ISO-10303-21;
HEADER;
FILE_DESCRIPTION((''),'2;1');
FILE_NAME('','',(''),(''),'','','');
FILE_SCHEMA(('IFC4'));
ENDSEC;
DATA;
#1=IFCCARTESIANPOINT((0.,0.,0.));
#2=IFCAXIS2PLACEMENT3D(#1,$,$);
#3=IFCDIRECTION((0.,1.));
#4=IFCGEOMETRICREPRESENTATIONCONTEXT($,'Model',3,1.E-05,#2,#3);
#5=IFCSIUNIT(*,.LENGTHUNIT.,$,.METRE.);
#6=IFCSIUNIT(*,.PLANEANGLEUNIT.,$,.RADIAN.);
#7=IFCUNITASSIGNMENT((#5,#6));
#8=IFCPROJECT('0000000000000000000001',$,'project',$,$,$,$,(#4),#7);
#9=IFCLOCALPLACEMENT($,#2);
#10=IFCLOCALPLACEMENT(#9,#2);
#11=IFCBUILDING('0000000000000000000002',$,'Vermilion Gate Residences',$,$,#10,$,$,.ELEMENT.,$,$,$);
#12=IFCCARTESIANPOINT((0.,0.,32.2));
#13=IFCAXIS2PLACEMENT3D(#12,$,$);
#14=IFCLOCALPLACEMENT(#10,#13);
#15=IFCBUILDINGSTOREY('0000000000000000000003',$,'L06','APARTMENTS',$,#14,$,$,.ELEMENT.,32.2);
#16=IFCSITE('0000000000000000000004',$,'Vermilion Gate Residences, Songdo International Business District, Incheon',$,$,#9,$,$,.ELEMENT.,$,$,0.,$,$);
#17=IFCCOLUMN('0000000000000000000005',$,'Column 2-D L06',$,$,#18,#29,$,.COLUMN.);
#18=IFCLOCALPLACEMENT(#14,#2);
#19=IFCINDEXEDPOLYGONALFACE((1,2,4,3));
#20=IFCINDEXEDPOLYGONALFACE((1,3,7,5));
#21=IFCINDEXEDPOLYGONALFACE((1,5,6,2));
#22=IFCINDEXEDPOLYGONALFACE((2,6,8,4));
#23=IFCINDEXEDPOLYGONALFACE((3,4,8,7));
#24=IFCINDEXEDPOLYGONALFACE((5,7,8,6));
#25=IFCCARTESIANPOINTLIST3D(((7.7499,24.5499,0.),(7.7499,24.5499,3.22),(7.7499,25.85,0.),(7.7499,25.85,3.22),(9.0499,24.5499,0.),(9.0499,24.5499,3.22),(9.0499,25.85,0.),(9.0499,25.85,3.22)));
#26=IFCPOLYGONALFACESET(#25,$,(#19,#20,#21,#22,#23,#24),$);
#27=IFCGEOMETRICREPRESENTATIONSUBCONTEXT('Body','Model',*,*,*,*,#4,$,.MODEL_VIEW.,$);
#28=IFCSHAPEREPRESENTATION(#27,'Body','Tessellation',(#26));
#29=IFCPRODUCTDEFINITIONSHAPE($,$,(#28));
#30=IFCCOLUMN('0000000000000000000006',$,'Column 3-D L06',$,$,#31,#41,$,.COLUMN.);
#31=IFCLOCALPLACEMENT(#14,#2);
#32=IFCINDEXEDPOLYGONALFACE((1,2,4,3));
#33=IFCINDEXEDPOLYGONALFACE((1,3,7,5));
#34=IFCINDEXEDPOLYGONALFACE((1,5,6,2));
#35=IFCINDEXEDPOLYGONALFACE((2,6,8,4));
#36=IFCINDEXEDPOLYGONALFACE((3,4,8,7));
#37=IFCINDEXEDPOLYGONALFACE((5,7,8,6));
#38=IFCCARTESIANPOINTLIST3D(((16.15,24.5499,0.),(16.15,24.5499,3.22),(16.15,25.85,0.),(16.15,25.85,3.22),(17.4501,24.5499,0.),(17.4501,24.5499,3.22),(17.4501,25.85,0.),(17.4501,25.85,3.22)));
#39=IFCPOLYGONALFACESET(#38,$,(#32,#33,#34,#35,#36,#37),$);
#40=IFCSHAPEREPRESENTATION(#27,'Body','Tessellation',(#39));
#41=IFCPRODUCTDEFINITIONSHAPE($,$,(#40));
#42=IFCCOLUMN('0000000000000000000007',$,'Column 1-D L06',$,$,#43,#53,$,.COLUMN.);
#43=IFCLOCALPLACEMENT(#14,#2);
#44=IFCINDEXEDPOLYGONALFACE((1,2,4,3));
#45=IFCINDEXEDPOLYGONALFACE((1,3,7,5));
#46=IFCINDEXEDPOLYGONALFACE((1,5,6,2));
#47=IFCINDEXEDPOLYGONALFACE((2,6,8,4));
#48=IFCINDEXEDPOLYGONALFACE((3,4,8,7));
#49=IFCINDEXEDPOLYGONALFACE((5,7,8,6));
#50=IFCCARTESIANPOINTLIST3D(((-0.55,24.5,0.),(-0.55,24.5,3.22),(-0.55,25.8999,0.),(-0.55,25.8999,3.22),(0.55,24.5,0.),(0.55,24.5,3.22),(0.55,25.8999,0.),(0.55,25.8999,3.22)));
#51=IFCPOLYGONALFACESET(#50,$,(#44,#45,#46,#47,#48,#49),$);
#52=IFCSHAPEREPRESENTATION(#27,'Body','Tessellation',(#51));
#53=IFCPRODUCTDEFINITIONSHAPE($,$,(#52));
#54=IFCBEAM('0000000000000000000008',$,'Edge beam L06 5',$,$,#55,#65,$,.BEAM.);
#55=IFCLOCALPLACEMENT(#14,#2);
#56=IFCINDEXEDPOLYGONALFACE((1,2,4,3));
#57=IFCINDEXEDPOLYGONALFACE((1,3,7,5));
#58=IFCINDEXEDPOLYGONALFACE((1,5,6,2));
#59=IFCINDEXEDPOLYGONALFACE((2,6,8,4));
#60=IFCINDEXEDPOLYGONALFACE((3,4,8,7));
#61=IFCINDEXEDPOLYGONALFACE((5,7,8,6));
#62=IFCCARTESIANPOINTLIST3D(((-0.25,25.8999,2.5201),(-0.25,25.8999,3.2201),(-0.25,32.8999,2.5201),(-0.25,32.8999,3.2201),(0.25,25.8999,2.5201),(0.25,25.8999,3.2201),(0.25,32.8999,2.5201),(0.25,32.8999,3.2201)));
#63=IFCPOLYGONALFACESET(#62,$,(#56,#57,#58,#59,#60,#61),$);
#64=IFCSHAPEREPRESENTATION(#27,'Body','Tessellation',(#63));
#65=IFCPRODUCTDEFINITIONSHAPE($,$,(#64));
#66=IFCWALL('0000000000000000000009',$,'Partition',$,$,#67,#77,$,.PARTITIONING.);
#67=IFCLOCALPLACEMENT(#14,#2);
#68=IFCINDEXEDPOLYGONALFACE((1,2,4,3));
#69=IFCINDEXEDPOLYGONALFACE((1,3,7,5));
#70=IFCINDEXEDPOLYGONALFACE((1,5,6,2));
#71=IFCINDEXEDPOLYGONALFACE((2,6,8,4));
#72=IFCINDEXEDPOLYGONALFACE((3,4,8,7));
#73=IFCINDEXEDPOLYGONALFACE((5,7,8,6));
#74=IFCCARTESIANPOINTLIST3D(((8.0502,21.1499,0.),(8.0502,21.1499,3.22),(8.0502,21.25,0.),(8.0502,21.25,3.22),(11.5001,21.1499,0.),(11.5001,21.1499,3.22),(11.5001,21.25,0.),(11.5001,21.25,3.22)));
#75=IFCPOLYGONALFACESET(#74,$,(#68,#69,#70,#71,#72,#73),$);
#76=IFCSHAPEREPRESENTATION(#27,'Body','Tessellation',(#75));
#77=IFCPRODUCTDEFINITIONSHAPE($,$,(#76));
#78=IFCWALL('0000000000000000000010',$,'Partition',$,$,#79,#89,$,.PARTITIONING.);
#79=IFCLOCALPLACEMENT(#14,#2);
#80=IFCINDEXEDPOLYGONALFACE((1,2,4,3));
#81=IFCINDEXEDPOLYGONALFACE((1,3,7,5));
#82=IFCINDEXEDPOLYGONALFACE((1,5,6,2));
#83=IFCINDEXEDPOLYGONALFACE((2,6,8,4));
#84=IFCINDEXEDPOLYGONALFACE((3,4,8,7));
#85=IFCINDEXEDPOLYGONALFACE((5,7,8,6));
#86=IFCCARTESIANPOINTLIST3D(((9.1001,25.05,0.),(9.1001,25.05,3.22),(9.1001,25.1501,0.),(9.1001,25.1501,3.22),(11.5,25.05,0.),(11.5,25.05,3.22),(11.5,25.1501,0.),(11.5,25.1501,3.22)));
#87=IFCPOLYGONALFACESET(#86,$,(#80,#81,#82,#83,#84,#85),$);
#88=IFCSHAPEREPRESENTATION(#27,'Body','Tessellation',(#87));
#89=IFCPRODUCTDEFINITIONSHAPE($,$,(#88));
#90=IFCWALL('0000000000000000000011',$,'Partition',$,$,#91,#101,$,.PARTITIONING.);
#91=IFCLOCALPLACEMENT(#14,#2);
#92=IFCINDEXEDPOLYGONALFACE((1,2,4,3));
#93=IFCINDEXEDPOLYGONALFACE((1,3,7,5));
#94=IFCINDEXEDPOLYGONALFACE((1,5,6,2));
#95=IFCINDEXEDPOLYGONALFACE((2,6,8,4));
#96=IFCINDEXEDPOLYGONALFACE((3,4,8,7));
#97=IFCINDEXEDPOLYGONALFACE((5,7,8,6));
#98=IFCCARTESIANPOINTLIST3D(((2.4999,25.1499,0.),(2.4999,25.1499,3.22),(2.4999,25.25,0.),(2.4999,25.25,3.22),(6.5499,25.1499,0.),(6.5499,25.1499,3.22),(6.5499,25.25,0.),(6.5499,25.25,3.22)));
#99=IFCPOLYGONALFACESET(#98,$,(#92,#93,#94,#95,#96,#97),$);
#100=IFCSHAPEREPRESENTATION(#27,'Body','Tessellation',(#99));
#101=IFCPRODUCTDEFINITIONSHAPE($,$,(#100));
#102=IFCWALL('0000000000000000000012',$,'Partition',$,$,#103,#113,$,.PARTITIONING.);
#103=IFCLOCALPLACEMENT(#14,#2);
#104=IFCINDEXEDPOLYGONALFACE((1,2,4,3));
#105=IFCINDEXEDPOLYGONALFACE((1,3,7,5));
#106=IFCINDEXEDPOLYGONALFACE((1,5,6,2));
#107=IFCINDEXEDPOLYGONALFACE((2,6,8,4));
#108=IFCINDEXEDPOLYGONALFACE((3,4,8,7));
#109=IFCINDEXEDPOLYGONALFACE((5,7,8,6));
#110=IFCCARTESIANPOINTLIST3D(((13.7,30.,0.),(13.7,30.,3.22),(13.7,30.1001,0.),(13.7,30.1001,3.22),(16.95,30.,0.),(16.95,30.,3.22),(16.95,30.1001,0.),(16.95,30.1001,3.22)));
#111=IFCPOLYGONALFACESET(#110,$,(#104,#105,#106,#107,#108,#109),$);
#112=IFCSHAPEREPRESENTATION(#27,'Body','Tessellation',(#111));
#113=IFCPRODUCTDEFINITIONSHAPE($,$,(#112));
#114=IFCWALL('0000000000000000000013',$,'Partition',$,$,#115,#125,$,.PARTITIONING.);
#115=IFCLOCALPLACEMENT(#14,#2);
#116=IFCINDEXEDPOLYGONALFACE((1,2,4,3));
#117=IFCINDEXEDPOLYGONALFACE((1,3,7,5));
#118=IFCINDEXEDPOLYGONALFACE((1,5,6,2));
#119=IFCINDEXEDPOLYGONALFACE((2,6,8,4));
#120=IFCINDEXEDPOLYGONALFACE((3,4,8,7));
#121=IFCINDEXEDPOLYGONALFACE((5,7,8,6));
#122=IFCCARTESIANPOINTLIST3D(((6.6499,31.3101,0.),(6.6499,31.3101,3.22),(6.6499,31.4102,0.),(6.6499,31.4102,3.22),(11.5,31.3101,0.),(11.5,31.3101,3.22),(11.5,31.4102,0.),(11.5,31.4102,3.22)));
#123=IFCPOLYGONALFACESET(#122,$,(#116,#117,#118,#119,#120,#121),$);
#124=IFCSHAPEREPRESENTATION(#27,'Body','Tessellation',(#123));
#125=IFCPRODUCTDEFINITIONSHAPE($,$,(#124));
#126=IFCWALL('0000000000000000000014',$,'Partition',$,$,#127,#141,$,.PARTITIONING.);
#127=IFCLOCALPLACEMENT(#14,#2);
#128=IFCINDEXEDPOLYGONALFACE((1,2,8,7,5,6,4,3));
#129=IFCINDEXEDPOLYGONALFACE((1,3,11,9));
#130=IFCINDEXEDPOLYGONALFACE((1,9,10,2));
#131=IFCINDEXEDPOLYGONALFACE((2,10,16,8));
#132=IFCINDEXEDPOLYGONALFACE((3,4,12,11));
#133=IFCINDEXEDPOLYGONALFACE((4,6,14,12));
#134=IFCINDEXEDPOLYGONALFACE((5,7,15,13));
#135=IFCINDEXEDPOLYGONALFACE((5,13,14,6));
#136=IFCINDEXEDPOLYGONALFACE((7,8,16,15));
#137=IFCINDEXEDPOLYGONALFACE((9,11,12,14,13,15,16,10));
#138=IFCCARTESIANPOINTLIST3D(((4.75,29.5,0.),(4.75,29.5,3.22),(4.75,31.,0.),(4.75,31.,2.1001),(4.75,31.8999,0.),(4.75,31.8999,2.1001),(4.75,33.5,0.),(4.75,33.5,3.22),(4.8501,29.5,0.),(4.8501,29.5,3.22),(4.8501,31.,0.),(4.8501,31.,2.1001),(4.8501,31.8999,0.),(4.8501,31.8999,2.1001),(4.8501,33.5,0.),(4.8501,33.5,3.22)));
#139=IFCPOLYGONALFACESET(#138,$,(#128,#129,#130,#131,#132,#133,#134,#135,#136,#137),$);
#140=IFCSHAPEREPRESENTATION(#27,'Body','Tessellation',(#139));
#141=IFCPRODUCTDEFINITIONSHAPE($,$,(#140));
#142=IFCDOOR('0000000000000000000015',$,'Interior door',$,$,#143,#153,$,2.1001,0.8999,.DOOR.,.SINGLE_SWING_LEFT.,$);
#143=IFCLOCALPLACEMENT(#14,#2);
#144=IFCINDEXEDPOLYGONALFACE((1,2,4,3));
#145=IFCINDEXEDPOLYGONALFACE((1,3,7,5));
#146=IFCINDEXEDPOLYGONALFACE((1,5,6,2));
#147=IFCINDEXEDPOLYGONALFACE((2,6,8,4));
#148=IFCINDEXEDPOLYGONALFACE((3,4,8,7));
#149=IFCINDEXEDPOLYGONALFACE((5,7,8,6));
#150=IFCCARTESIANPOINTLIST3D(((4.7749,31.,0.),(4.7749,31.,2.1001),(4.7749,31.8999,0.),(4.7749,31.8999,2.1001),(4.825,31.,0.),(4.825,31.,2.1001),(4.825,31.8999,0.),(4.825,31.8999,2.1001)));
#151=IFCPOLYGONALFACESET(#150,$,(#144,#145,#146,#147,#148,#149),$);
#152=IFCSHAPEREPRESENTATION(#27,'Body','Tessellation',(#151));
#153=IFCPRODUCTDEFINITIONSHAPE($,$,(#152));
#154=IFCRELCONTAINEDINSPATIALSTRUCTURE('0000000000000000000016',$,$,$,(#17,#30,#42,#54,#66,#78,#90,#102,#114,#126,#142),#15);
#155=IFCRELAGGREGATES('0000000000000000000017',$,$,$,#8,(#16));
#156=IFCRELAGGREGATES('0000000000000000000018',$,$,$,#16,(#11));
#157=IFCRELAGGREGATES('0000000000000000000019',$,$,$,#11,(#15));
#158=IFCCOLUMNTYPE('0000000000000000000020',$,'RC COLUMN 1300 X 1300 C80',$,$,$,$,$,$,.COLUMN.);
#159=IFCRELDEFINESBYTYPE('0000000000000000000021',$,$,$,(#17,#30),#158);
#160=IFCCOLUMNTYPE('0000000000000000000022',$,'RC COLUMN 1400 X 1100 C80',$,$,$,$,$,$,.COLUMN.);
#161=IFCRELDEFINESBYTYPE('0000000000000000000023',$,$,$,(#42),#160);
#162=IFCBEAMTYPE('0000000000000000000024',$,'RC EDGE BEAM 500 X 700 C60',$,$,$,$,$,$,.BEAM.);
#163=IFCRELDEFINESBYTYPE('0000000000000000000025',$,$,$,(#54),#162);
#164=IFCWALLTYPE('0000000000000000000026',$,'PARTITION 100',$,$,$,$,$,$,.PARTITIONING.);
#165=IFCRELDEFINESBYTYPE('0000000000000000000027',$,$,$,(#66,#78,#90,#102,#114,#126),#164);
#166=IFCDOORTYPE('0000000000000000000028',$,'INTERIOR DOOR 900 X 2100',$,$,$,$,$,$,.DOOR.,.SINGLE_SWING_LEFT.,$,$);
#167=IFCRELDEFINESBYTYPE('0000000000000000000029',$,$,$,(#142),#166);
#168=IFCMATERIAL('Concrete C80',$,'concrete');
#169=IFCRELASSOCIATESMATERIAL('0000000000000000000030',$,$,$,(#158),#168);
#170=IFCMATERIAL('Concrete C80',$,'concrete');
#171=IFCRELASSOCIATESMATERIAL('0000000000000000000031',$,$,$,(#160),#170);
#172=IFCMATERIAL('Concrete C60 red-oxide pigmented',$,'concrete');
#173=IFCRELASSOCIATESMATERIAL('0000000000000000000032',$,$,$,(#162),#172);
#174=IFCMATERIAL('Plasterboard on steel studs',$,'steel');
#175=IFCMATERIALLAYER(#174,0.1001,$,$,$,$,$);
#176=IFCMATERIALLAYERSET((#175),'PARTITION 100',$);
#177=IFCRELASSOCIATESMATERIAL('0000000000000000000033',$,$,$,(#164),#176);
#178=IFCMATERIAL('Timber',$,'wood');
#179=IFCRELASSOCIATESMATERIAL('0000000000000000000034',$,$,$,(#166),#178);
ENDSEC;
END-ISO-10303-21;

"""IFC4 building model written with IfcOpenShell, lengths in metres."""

from ifc_helpers import new_model, si_unit, direction, frame, frame_2d, origin, origin_2d, place, context, subcontext, project, spatial, rectangle, extrude, material, layer, layer_set, material_profile, profile_set, type_object, element, fill, save


model = new_model("IFC4")

# Units and contexts
model_context = context("Model", 3, precision=1e-05, world=origin(), true_north=direction((0.0, 1.0)))
body_context = subcontext(model_context, "Body", "Model", "MODEL_VIEW")
ifc_project = project(units=[si_unit("LENGTHUNIT", "METRE"), si_unit("PLANEANGLEUNIT", "RADIAN")], contexts=[model_context])

# Site, building, storey
site_placement = place(None, origin())
site = spatial("IfcSite", under=ifc_project, at=site_placement, Name="Vermilion Gate Residences, Songdo International Business District, Incheon", CompositionType="ELEMENT", RefElevation=0.0)
building_placement = place(site_placement, origin())
building = spatial("IfcBuilding", under=site, at=building_placement, Name="Vermilion Gate Residences", CompositionType="ELEMENT")
storey_placement = place(building_placement, frame((0.0, 0.0, 32.2)))
storey = spatial("IfcBuildingStorey", under=building, at=storey_placement, Name="L06", Description="APARTMENTS", CompositionType="ELEMENT", Elevation=32.2)

# Columns
ifc_material_1 = material(Name="Concrete C80", Category="concrete")
ifc_material_profile_1 = material_profile(ifc_material_1, rectangle(XDim=1.3, YDim=1.3, at=origin_2d()), Name="RC-1300x1300")
ifc_profile_set_1 = profile_set([ifc_material_profile_1], Name="Concrete C80")
column_type_1 = type_object("IfcColumnType", Name="RC COLUMN 1300 X 1300 C80", PredefinedType="COLUMN", material=ifc_profile_set_1)
for number, where, z_axis, x_axis, name in (
    (1, (8.3999, 25.2, 0.0), (0.0, 0.0, 1.0), (1.0, 0.0, 0.0), "Column 2-D L06"),
    (2, (16.8, 25.2, 0.0), (0.0, 0.0, 1.0), (1.0, 0.0, 0.0), "Column 3-D L06"),
):
    element("IfcColumn", number, at=place(storey_placement, frame(where, z_axis=z_axis, x_axis=x_axis)), inside=storey, type_object=column_type_1, Name=name, PredefinedType="COLUMN", context=body_context, shape_type="SweptSolid", body=[
        extrude(rectangle(XDim=1.3, YDim=1.3, at=origin_2d()), origin(), (0.0, 0.0, 1.0), 3.22),
    ])
ifc_material_2 = material(Name="Concrete C80", Category="concrete")
ifc_material_profile_2 = material_profile(ifc_material_2, rectangle(XDim=1.3999, YDim=1.1001, at=origin_2d()), Name="RC-1400x1100")
ifc_profile_set_2 = profile_set([ifc_material_profile_2], Name="Concrete C80")
column_type_2 = type_object("IfcColumnType", Name="RC COLUMN 1400 X 1100 C80", PredefinedType="COLUMN", material=ifc_profile_set_2)
column_placement = place(storey_placement, frame((0.0, 25.2, 0.0), z_axis=(0.0, 0.0, 1.0), x_axis=(0.0, 1.0, 0.0)))
element("IfcColumn", 3, at=column_placement, inside=storey, type_object=column_type_2, Name="Column 1-D L06", PredefinedType="COLUMN", context=body_context, shape_type="SweptSolid", body=[
    extrude(rectangle(XDim=1.3999, YDim=1.1001, at=origin_2d()), origin(), (0.0, 0.0, 1.0), 3.22),
])

# Beam
ifc_material_3 = material(Name="Concrete C60 red-oxide pigmented", Category="concrete")
ifc_material_profile_3 = material_profile(ifc_material_3, rectangle(XDim=0.5, YDim=0.7, at=origin_2d()), Name="RC-500x700")
ifc_profile_set_3 = profile_set([ifc_material_profile_3], Name="Concrete C60 red-oxide pigmented")
beam_type = type_object("IfcBeamType", Name="RC EDGE BEAM 500 X 700 C60", PredefinedType="BEAM", material=ifc_profile_set_3)
beam_placement = place(storey_placement, frame((0.0, 25.8999, 2.8701), z_axis=(0.0, 1.0, 0.0), x_axis=(-1.0, 0.0, 0.0)))
element("IfcBeam", 4, at=beam_placement, inside=storey, type_object=beam_type, Name="Edge beam L06 5", PredefinedType="BEAM", context=body_context, shape_type="SweptSolid", body=[
    extrude(rectangle(XDim=0.5, YDim=0.7, at=origin_2d()), origin(), (0.0, 0.0, 1.0), 7.0),
])

# Walls
ifc_material_4 = material(Name="Plasterboard on steel studs", Category="steel")
ifc_layer_1 = layer(ifc_material_4, 0.1001)
ifc_layer_set_1 = layer_set([ifc_layer_1], Name="PARTITION 100")
wall_type_1 = type_object("IfcWallType", Name="PARTITION 100", PredefinedType="PARTITIONING", material=ifc_layer_set_1)
wall_1_placement = place(storey_placement, frame((8.05, 21.2, 0.0), z_axis=(0.0, 0.0, 1.0), x_axis=(1.0, 0.0, 0.0)))
element("IfcWall", 5, at=wall_1_placement, inside=storey, type_object=wall_type_1, Name="Partition", PredefinedType="PARTITIONING", context=body_context, shape_type="SweptSolid", body=[
    extrude(rectangle(XDim=3.45, YDim=0.1001, at=frame_2d((1.7251, 0.0))), origin(), (0.0, 0.0, 1.0), 3.22),
])
wall_2_placement = place(storey_placement, frame((9.1001, 25.1001, 0.0), z_axis=(0.0, 0.0, 1.0), x_axis=(1.0, 0.0, 0.0)))
element("IfcWall", 6, at=wall_2_placement, inside=storey, type_object=wall_type_1, Name="Partition", PredefinedType="PARTITIONING", context=body_context, shape_type="SweptSolid", body=[
    extrude(rectangle(XDim=2.3999, YDim=0.1001, at=frame_2d((1.2, 0.0))), origin(), (0.0, 0.0, 1.0), 3.22),
])
wall_3_placement = place(storey_placement, frame((2.5, 25.2, 0.0), z_axis=(0.0, 0.0, 1.0), x_axis=(1.0, 0.0, 0.0)))
element("IfcWall", 7, at=wall_3_placement, inside=storey, type_object=wall_type_1, Name="Partition", PredefinedType="PARTITIONING", context=body_context, shape_type="SweptSolid", body=[
    extrude(rectangle(XDim=4.05, YDim=0.1001, at=frame_2d((2.0249, 0.0))), origin(), (0.0, 0.0, 1.0), 3.22),
])
wall_4_placement = place(storey_placement, frame((13.7, 30.05, 0.0), z_axis=(0.0, 0.0, 1.0), x_axis=(1.0, 0.0, 0.0)))
element("IfcWall", 8, at=wall_4_placement, inside=storey, type_object=wall_type_1, Name="Partition", PredefinedType="PARTITIONING", context=body_context, shape_type="SweptSolid", body=[
    extrude(rectangle(XDim=3.25, YDim=0.1001, at=frame_2d((1.625, 0.0))), origin(), (0.0, 0.0, 1.0), 3.22),
])
wall_5_placement = place(storey_placement, frame((6.6499, 31.3601, 0.0), z_axis=(0.0, 0.0, 1.0), x_axis=(1.0, 0.0, 0.0)))
element("IfcWall", 9, at=wall_5_placement, inside=storey, type_object=wall_type_1, Name="Partition", PredefinedType="PARTITIONING", context=body_context, shape_type="SweptSolid", body=[
    extrude(rectangle(XDim=4.8501, YDim=0.1001, at=frame_2d((2.425, 0.0))), origin(), (0.0, 0.0, 1.0), 3.22),
])

# Wall, opening, door
wall_6_placement = place(storey_placement, frame((4.8, 29.5, 0.0), z_axis=(0.0, 0.0, 1.0), x_axis=(0.0, 1.0, 0.0)))
wall_6 = element("IfcWall", 10, at=wall_6_placement, inside=storey, type_object=wall_type_1, Name="Partition", PredefinedType="PARTITIONING", context=body_context, shape_type="SweptSolid", body=[
    extrude(rectangle(XDim=4.0, YDim=0.1001, at=frame_2d((2.0, 0.0))), origin(), (0.0, 0.0, 1.0), 3.22),
])
opening_1_placement = place(wall_6_placement, frame((1.5, 0.0, 0.0)))
opening_1 = element("IfcOpeningElement", 11, at=opening_1_placement, cuts=wall_6, PredefinedType="OPENING", context=body_context, shape_type="SweptSolid", body=[
    extrude(rectangle(XDim=0.8999, YDim=2.1001, at=frame_2d((0.45, 1.05))), frame((0.0, 0.0601, 0.0), z_axis=(0.0, -1.0, 0.0), x_axis=(1.0, 0.0, 0.0)), (0.0, 0.0, 1.0), 0.1201),
])
ifc_material_5 = material(Name="Timber", Category="wood")
door_type_1 = type_object("IfcDoorType", Name="INTERIOR DOOR 900 X 2100", OperationType="SINGLE_SWING_LEFT", PredefinedType="DOOR", material=ifc_material_5)
door_1_placement = place(opening_1_placement, frame((0.8999, 0.0, 0.0), z_axis=(0.0, 0.0, 1.0), x_axis=(-1.0, 0.0, 0.0)))
door_1 = element("IfcDoor", 12, at=door_1_placement, inside=storey, type_object=door_type_1, Name="Interior door", OperationType="SINGLE_SWING_LEFT", OverallHeight=2.1001, OverallWidth=0.8999, PredefinedType="DOOR", context=body_context, shape_type="SweptSolid", body=[
    extrude(rectangle(XDim=0.8999, YDim=2.1001, at=frame_2d((0.45, 1.05))), frame((0.0, 0.0249, 0.0), z_axis=(0.0, -1.0, 0.0), x_axis=(1.0, 0.0, 0.0)), (0.0, 0.0, 1.0), 0.05),
])
fill(opening_1, door_1)

save(model, "model.ifc")
